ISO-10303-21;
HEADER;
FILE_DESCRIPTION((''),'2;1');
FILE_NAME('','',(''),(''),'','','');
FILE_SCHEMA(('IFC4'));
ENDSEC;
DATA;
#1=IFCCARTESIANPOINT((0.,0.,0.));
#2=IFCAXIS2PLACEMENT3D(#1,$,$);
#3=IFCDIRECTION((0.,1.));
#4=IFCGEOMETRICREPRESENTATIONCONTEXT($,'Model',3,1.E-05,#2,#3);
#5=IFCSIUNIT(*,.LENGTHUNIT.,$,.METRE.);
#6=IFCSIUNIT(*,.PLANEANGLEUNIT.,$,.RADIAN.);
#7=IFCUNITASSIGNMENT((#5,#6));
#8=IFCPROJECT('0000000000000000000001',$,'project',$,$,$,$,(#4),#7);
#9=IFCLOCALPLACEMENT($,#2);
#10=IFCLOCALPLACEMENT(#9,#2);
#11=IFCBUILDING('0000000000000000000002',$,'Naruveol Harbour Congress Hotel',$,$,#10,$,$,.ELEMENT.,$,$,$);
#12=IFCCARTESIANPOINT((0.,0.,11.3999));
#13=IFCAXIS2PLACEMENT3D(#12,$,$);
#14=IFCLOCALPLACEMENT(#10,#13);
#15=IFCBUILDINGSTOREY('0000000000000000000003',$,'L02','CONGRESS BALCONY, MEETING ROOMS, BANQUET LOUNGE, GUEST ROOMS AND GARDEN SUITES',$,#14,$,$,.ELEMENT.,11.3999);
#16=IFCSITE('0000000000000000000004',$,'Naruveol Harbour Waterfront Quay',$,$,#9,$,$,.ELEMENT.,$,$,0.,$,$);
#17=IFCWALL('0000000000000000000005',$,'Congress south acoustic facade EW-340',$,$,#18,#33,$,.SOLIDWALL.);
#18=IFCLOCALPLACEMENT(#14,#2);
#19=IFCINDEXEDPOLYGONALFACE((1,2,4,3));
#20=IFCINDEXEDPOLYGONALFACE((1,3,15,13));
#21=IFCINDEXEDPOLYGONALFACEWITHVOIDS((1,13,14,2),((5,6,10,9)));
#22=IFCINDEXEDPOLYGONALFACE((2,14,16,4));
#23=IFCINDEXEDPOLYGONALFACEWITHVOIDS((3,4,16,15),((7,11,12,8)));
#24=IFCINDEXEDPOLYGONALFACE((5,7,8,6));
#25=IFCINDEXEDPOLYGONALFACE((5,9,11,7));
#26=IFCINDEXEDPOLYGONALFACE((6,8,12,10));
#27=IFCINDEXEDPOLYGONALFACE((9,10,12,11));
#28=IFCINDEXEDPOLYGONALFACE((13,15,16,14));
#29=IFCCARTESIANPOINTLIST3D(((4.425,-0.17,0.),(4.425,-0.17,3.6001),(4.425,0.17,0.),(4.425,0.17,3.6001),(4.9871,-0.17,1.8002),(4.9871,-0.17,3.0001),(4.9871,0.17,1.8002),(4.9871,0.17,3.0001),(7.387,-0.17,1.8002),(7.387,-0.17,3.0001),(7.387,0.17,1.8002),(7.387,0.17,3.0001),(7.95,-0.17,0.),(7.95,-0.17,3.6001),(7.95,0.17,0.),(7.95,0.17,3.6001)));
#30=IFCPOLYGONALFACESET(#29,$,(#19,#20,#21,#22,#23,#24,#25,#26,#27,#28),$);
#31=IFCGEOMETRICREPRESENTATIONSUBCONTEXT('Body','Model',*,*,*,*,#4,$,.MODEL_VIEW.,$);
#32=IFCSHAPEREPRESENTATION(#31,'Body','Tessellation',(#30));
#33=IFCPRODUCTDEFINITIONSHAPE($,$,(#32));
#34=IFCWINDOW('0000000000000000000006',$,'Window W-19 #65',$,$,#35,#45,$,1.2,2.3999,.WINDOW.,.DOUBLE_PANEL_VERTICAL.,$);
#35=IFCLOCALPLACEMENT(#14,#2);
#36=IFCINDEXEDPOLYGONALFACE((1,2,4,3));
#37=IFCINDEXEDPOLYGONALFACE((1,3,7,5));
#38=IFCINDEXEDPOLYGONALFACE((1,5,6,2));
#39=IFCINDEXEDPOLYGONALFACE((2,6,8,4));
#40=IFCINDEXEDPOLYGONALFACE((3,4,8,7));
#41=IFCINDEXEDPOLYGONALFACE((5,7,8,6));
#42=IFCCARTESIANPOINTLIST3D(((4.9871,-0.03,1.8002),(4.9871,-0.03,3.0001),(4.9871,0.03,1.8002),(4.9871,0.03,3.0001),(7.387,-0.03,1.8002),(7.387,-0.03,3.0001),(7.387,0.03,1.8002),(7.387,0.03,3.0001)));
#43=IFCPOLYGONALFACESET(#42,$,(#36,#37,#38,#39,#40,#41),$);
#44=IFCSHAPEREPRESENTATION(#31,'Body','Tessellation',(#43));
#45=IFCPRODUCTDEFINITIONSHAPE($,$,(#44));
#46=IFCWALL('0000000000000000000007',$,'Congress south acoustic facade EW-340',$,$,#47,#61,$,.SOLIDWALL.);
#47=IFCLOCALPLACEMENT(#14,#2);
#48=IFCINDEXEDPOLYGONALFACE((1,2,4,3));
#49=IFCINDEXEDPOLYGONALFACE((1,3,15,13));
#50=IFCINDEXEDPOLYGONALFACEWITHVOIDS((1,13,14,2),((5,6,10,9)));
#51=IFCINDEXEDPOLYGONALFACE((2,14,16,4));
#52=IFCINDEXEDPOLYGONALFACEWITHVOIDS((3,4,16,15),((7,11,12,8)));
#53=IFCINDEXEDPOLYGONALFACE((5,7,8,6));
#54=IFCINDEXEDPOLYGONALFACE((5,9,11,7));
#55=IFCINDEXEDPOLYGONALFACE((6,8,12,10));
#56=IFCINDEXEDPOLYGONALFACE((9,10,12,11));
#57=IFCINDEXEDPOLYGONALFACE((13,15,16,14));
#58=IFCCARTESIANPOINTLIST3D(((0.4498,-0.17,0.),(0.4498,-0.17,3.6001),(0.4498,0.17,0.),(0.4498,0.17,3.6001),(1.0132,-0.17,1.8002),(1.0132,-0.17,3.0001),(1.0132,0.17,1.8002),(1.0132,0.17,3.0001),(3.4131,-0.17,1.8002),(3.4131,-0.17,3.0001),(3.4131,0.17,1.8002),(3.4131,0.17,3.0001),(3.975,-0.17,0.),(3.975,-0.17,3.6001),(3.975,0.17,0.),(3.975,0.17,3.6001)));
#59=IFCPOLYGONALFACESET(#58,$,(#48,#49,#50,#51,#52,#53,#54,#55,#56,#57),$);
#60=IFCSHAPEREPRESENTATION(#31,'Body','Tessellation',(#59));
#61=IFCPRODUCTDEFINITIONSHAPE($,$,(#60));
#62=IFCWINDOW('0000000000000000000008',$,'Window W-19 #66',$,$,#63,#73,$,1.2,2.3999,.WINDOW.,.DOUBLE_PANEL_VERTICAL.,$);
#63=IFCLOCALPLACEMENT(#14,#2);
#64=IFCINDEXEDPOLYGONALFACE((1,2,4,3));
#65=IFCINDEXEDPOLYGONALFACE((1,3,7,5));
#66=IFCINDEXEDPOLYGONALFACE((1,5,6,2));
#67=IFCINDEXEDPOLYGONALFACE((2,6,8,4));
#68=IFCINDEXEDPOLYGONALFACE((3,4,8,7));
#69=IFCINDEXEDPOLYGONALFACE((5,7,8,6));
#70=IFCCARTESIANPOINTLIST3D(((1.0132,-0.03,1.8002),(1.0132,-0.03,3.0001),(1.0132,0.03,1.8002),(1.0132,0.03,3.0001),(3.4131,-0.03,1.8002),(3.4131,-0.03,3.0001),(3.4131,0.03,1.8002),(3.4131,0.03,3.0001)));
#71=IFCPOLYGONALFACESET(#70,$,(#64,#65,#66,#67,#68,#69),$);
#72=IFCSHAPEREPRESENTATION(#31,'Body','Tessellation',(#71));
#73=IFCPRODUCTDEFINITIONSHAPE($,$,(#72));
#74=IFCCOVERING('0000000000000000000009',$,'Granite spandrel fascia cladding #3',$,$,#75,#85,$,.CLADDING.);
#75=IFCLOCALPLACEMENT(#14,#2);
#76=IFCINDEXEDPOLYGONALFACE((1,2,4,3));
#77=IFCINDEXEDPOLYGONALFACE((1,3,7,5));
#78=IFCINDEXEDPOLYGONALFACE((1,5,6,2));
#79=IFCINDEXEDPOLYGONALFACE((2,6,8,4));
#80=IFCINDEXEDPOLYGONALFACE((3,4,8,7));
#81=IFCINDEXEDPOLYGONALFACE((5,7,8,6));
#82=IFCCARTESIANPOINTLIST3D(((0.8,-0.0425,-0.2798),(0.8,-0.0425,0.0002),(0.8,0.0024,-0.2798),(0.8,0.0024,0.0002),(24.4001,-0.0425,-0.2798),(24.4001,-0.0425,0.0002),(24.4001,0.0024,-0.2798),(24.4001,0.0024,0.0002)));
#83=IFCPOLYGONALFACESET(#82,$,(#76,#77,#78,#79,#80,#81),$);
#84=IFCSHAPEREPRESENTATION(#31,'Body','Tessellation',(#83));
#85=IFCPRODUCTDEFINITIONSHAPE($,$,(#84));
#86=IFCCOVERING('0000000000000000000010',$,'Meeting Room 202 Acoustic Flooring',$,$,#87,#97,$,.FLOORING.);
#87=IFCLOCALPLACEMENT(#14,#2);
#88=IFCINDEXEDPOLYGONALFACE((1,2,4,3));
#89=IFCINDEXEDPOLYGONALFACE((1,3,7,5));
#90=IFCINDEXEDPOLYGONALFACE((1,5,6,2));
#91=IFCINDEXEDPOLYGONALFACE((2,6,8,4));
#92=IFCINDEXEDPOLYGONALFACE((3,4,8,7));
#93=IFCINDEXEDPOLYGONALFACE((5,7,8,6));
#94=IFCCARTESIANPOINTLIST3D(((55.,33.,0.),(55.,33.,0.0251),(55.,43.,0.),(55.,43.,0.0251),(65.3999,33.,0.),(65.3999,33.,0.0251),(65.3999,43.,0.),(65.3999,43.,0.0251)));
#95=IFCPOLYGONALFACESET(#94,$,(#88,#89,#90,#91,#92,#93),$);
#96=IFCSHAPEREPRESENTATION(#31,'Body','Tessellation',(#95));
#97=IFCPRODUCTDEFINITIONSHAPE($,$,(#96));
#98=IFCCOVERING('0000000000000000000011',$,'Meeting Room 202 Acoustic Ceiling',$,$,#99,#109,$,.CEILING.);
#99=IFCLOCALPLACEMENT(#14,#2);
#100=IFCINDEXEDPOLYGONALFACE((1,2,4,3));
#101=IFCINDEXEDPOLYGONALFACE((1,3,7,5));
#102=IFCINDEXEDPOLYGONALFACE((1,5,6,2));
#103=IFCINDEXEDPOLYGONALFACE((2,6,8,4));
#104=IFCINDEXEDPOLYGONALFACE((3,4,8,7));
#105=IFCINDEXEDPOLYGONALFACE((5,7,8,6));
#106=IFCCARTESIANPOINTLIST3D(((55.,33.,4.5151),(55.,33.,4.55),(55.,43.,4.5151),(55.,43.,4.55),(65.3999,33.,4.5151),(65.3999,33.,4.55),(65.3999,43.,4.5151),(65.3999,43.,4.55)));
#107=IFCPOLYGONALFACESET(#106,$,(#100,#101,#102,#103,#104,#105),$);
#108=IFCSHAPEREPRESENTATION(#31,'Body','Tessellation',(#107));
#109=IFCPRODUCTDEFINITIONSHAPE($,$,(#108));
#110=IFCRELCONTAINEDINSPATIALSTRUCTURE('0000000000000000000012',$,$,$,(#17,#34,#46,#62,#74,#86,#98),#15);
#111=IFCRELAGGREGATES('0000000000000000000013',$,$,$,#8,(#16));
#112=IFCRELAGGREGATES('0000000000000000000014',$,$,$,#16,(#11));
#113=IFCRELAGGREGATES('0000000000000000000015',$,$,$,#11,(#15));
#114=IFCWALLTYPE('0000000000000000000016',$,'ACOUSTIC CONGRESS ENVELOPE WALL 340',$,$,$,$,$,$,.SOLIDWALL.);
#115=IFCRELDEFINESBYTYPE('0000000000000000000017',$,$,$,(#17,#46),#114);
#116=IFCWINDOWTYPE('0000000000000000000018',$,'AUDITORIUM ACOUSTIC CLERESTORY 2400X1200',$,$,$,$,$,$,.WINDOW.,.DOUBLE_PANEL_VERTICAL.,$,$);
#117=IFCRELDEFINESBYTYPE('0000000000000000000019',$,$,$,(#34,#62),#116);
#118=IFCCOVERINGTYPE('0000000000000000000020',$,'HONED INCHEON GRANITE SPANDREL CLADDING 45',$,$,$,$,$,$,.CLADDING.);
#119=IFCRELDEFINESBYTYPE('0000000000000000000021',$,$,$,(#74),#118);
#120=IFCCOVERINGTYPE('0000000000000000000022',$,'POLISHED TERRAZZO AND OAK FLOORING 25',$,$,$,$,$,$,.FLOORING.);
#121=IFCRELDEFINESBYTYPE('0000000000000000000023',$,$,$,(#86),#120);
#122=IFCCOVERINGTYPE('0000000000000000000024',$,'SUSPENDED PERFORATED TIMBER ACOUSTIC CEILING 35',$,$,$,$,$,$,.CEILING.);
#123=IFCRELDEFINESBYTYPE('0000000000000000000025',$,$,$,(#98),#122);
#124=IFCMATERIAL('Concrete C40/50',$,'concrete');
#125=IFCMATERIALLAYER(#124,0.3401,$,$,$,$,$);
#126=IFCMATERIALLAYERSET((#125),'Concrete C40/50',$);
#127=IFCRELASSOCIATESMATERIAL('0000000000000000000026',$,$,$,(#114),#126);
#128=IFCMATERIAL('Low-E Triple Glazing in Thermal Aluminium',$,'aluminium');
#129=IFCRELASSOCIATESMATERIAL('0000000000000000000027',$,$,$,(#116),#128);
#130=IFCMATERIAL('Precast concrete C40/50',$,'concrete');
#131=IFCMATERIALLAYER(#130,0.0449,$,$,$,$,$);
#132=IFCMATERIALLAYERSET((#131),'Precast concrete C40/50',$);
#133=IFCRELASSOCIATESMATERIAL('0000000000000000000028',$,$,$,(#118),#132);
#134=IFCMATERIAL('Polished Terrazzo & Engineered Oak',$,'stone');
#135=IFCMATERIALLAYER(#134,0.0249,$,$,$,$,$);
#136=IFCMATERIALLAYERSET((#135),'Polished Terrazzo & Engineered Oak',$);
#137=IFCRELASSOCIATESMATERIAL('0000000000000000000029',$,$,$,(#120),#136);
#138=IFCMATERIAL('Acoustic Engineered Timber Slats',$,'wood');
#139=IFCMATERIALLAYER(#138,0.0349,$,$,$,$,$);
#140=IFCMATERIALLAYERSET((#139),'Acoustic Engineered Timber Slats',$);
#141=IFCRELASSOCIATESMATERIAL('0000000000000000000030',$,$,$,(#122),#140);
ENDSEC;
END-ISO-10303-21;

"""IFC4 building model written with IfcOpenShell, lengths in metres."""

from ifc_helpers import new_model, si_unit, direction, frame, frame_2d, origin, origin_2d, place, context, subcontext, project, spatial, polyline, rectangle, outline, extrude, material, layer, layer_set, type_object, element, fill, save


model = new_model("IFC4")

# Units and contexts
model_context = context("Model", 3, precision=1e-05, world=origin(), true_north=direction((0.0, 1.0)))
body_context = subcontext(model_context, "Body", "Model", "MODEL_VIEW")
ifc_project = project(units=[si_unit("LENGTHUNIT", "METRE"), si_unit("PLANEANGLEUNIT", "RADIAN")], contexts=[model_context])

# Site, building, storey
site_placement = place(None, origin())
site = spatial("IfcSite", under=ifc_project, at=site_placement, Name="Naruveol Harbour Waterfront Quay", CompositionType="ELEMENT", RefElevation=0.0)
building_placement = place(site_placement, origin())
building = spatial("IfcBuilding", under=site, at=building_placement, Name="Naruveol Harbour Congress Hotel", CompositionType="ELEMENT")
storey_placement = place(building_placement, frame((0.0, 0.0, 11.3999)))
storey = spatial("IfcBuildingStorey", under=building, at=storey_placement, Name="L02", Description="CONGRESS BALCONY, MEETING ROOMS, BANQUET LOUNGE, GUEST ROOMS AND GARDEN SUITES", CompositionType="ELEMENT", Elevation=11.3999)

# Walls, openings, windows
ifc_material_1 = material(Name="Concrete C40/50", Category="concrete")
ifc_layer_1 = layer(ifc_material_1, 0.3401)
ifc_layer_set_1 = layer_set([ifc_layer_1], Name="Concrete C40/50")
wall_type = type_object("IfcWallType", Name="ACOUSTIC CONGRESS ENVELOPE WALL 340", PredefinedType="SOLIDWALL", material=ifc_layer_set_1)
ifc_material_2 = material(Name="Low-E Triple Glazing in Thermal Aluminium", Category="aluminium")
window_type = type_object("IfcWindowType", Name="AUDITORIUM ACOUSTIC CLERESTORY 2400X1200", PartitioningType="DOUBLE_PANEL_VERTICAL", PredefinedType="WINDOW", material=ifc_material_2)
wall_1_placement = place(storey_placement, frame((7.95, 0.0, 0.0), z_axis=(0.0, 0.0, 1.0), x_axis=(-1.0, 0.0, 0.0)))
wall_1 = element("IfcWall", 1, at=wall_1_placement, inside=storey, type_object=wall_type, Name="Congress south acoustic facade EW-340", PredefinedType="SOLIDWALL", context=body_context, shape_type="SweptSolid", body=[
    extrude(rectangle(XDim=3.5249, YDim=0.3401, at=frame_2d((1.7625, 0.0))), origin(), (0.0, 0.0, 1.0), 3.6001),
])
opening_1_placement = place(wall_1_placement, frame((0.563, 0.0, 1.8)))
opening_1 = element("IfcOpeningElement", 2, at=opening_1_placement, cuts=wall_1, PredefinedType="OPENING", context=body_context, shape_type="SweptSolid", body=[
    extrude(rectangle(XDim=2.3999, YDim=1.2, at=frame_2d((1.2, 0.6001))), frame((0.0, 0.1799, 0.0), z_axis=(0.0, -1.0, 0.0), x_axis=(1.0, 0.0, 0.0)), (0.0, 0.0, 1.0), 0.3601),
])
window_1_placement = place(opening_1_placement, origin())
window_1 = element("IfcWindow", 3, at=window_1_placement, inside=storey, type_object=window_type, Name="Window W-19 #65", OverallHeight=1.2, OverallWidth=2.3999, PartitioningType="DOUBLE_PANEL_VERTICAL", PredefinedType="WINDOW", context=body_context, shape_type="SweptSolid", body=[
    extrude(rectangle(XDim=2.3999, YDim=1.2, at=frame_2d((1.2, 0.6001))), frame((0.0, 0.03, 0.0), z_axis=(0.0, -1.0, 0.0), x_axis=(1.0, 0.0, 0.0)), (0.0, 0.0, 1.0), 0.0601),
])
fill(opening_1, window_1)
wall_2_placement = place(storey_placement, frame((3.9751, 0.0, 0.0), z_axis=(0.0, 0.0, 1.0), x_axis=(-1.0, 0.0, 0.0)))
wall_2 = element("IfcWall", 4, at=wall_2_placement, inside=storey, type_object=wall_type, Name="Congress south acoustic facade EW-340", PredefinedType="SOLIDWALL", context=body_context, shape_type="SweptSolid", body=[
    extrude(rectangle(XDim=3.5251, YDim=0.3401, at=frame_2d((1.7627, 0.0))), origin(), (0.0, 0.0, 1.0), 3.6001),
])
opening_2_placement = place(wall_2_placement, frame((0.562, 0.0, 1.8)))
opening_2 = element("IfcOpeningElement", 5, at=opening_2_placement, cuts=wall_2, PredefinedType="OPENING", context=body_context, shape_type="SweptSolid", body=[
    extrude(rectangle(XDim=2.3999, YDim=1.2, at=frame_2d((1.2, 0.6001))), frame((0.0, 0.1799, 0.0), z_axis=(0.0, -1.0, 0.0), x_axis=(1.0, 0.0, 0.0)), (0.0, 0.0, 1.0), 0.3601),
])
window_2_placement = place(opening_2_placement, origin())
window_2 = element("IfcWindow", 6, at=window_2_placement, inside=storey, type_object=window_type, Name="Window W-19 #66", OverallHeight=1.2, OverallWidth=2.3999, PartitioningType="DOUBLE_PANEL_VERTICAL", PredefinedType="WINDOW", context=body_context, shape_type="SweptSolid", body=[
    extrude(rectangle(XDim=2.3999, YDim=1.2, at=frame_2d((1.2, 0.6001))), frame((0.0, 0.03, 0.0), z_axis=(0.0, -1.0, 0.0), x_axis=(1.0, 0.0, 0.0)), (0.0, 0.0, 1.0), 0.0601),
])
fill(opening_2, window_2)

# Coverings
ifc_material_3 = material(Name="Precast concrete C40/50", Category="concrete")
ifc_layer_2 = layer(ifc_material_3, 0.0449)
ifc_layer_set_2 = layer_set([ifc_layer_2], Name="Precast concrete C40/50")
covering_type_1 = type_object("IfcCoveringType", Name="HONED INCHEON GRANITE SPANDREL CLADDING 45", PredefinedType="CLADDING", material=ifc_layer_set_2)
covering_1_placement = place(storey_placement, frame((12.6001, -0.02, -0.2798), z_axis=(0.0, 0.0, 1.0), x_axis=(1.0, 0.0, 0.0)))
element("IfcCovering", 7, at=covering_1_placement, inside=storey, type_object=covering_type_1, Name="Granite spandrel fascia cladding #3", PredefinedType="CLADDING", context=body_context, shape_type="SweptSolid", body=[
    extrude(rectangle(XDim=23.6001, YDim=0.0449, at=origin_2d()), origin(), (0.0, 0.0, 1.0), 0.28),
])
ifc_material_4 = material(Name="Polished Terrazzo & Engineered Oak", Category="stone")
ifc_layer_3 = layer(ifc_material_4, 0.0249)
ifc_layer_set_3 = layer_set([ifc_layer_3], Name="Polished Terrazzo & Engineered Oak")
covering_type_2 = type_object("IfcCoveringType", Name="POLISHED TERRAZZO AND OAK FLOORING 25", PredefinedType="FLOORING", material=ifc_layer_set_3)
covering_2_placement = place(storey_placement, origin())
element("IfcCovering", 8, at=covering_2_placement, inside=storey, type_object=covering_type_2, Name="Meeting Room 202 Acoustic Flooring", PredefinedType="FLOORING", context=body_context, shape_type="SweptSolid", body=[
    extrude(outline(polyline([(55.0, 33.0), (65.3999, 33.0), (65.3999, 43.0), (55.0, 43.0), (55.0, 33.0)])), origin(), (0.0, 0.0, 1.0), 0.0251),
])
ifc_material_5 = material(Name="Acoustic Engineered Timber Slats", Category="wood")
ifc_layer_4 = layer(ifc_material_5, 0.0349)
ifc_layer_set_4 = layer_set([ifc_layer_4], Name="Acoustic Engineered Timber Slats")
covering_type_3 = type_object("IfcCoveringType", Name="SUSPENDED PERFORATED TIMBER ACOUSTIC CEILING 35", PredefinedType="CEILING", material=ifc_layer_set_4)
covering_3_placement = place(storey_placement, frame((0.0, 0.0, 4.5151)))
element("IfcCovering", 9, at=covering_3_placement, inside=storey, type_object=covering_type_3, Name="Meeting Room 202 Acoustic Ceiling", PredefinedType="CEILING", context=body_context, shape_type="SweptSolid", body=[
    extrude(outline(polyline([(55.0, 33.0), (65.3999, 33.0), (65.3999, 43.0), (55.0, 43.0), (55.0, 33.0)])), origin(), (0.0, 0.0, 1.0), 0.0349),
])

save(model, "model.ifc")
